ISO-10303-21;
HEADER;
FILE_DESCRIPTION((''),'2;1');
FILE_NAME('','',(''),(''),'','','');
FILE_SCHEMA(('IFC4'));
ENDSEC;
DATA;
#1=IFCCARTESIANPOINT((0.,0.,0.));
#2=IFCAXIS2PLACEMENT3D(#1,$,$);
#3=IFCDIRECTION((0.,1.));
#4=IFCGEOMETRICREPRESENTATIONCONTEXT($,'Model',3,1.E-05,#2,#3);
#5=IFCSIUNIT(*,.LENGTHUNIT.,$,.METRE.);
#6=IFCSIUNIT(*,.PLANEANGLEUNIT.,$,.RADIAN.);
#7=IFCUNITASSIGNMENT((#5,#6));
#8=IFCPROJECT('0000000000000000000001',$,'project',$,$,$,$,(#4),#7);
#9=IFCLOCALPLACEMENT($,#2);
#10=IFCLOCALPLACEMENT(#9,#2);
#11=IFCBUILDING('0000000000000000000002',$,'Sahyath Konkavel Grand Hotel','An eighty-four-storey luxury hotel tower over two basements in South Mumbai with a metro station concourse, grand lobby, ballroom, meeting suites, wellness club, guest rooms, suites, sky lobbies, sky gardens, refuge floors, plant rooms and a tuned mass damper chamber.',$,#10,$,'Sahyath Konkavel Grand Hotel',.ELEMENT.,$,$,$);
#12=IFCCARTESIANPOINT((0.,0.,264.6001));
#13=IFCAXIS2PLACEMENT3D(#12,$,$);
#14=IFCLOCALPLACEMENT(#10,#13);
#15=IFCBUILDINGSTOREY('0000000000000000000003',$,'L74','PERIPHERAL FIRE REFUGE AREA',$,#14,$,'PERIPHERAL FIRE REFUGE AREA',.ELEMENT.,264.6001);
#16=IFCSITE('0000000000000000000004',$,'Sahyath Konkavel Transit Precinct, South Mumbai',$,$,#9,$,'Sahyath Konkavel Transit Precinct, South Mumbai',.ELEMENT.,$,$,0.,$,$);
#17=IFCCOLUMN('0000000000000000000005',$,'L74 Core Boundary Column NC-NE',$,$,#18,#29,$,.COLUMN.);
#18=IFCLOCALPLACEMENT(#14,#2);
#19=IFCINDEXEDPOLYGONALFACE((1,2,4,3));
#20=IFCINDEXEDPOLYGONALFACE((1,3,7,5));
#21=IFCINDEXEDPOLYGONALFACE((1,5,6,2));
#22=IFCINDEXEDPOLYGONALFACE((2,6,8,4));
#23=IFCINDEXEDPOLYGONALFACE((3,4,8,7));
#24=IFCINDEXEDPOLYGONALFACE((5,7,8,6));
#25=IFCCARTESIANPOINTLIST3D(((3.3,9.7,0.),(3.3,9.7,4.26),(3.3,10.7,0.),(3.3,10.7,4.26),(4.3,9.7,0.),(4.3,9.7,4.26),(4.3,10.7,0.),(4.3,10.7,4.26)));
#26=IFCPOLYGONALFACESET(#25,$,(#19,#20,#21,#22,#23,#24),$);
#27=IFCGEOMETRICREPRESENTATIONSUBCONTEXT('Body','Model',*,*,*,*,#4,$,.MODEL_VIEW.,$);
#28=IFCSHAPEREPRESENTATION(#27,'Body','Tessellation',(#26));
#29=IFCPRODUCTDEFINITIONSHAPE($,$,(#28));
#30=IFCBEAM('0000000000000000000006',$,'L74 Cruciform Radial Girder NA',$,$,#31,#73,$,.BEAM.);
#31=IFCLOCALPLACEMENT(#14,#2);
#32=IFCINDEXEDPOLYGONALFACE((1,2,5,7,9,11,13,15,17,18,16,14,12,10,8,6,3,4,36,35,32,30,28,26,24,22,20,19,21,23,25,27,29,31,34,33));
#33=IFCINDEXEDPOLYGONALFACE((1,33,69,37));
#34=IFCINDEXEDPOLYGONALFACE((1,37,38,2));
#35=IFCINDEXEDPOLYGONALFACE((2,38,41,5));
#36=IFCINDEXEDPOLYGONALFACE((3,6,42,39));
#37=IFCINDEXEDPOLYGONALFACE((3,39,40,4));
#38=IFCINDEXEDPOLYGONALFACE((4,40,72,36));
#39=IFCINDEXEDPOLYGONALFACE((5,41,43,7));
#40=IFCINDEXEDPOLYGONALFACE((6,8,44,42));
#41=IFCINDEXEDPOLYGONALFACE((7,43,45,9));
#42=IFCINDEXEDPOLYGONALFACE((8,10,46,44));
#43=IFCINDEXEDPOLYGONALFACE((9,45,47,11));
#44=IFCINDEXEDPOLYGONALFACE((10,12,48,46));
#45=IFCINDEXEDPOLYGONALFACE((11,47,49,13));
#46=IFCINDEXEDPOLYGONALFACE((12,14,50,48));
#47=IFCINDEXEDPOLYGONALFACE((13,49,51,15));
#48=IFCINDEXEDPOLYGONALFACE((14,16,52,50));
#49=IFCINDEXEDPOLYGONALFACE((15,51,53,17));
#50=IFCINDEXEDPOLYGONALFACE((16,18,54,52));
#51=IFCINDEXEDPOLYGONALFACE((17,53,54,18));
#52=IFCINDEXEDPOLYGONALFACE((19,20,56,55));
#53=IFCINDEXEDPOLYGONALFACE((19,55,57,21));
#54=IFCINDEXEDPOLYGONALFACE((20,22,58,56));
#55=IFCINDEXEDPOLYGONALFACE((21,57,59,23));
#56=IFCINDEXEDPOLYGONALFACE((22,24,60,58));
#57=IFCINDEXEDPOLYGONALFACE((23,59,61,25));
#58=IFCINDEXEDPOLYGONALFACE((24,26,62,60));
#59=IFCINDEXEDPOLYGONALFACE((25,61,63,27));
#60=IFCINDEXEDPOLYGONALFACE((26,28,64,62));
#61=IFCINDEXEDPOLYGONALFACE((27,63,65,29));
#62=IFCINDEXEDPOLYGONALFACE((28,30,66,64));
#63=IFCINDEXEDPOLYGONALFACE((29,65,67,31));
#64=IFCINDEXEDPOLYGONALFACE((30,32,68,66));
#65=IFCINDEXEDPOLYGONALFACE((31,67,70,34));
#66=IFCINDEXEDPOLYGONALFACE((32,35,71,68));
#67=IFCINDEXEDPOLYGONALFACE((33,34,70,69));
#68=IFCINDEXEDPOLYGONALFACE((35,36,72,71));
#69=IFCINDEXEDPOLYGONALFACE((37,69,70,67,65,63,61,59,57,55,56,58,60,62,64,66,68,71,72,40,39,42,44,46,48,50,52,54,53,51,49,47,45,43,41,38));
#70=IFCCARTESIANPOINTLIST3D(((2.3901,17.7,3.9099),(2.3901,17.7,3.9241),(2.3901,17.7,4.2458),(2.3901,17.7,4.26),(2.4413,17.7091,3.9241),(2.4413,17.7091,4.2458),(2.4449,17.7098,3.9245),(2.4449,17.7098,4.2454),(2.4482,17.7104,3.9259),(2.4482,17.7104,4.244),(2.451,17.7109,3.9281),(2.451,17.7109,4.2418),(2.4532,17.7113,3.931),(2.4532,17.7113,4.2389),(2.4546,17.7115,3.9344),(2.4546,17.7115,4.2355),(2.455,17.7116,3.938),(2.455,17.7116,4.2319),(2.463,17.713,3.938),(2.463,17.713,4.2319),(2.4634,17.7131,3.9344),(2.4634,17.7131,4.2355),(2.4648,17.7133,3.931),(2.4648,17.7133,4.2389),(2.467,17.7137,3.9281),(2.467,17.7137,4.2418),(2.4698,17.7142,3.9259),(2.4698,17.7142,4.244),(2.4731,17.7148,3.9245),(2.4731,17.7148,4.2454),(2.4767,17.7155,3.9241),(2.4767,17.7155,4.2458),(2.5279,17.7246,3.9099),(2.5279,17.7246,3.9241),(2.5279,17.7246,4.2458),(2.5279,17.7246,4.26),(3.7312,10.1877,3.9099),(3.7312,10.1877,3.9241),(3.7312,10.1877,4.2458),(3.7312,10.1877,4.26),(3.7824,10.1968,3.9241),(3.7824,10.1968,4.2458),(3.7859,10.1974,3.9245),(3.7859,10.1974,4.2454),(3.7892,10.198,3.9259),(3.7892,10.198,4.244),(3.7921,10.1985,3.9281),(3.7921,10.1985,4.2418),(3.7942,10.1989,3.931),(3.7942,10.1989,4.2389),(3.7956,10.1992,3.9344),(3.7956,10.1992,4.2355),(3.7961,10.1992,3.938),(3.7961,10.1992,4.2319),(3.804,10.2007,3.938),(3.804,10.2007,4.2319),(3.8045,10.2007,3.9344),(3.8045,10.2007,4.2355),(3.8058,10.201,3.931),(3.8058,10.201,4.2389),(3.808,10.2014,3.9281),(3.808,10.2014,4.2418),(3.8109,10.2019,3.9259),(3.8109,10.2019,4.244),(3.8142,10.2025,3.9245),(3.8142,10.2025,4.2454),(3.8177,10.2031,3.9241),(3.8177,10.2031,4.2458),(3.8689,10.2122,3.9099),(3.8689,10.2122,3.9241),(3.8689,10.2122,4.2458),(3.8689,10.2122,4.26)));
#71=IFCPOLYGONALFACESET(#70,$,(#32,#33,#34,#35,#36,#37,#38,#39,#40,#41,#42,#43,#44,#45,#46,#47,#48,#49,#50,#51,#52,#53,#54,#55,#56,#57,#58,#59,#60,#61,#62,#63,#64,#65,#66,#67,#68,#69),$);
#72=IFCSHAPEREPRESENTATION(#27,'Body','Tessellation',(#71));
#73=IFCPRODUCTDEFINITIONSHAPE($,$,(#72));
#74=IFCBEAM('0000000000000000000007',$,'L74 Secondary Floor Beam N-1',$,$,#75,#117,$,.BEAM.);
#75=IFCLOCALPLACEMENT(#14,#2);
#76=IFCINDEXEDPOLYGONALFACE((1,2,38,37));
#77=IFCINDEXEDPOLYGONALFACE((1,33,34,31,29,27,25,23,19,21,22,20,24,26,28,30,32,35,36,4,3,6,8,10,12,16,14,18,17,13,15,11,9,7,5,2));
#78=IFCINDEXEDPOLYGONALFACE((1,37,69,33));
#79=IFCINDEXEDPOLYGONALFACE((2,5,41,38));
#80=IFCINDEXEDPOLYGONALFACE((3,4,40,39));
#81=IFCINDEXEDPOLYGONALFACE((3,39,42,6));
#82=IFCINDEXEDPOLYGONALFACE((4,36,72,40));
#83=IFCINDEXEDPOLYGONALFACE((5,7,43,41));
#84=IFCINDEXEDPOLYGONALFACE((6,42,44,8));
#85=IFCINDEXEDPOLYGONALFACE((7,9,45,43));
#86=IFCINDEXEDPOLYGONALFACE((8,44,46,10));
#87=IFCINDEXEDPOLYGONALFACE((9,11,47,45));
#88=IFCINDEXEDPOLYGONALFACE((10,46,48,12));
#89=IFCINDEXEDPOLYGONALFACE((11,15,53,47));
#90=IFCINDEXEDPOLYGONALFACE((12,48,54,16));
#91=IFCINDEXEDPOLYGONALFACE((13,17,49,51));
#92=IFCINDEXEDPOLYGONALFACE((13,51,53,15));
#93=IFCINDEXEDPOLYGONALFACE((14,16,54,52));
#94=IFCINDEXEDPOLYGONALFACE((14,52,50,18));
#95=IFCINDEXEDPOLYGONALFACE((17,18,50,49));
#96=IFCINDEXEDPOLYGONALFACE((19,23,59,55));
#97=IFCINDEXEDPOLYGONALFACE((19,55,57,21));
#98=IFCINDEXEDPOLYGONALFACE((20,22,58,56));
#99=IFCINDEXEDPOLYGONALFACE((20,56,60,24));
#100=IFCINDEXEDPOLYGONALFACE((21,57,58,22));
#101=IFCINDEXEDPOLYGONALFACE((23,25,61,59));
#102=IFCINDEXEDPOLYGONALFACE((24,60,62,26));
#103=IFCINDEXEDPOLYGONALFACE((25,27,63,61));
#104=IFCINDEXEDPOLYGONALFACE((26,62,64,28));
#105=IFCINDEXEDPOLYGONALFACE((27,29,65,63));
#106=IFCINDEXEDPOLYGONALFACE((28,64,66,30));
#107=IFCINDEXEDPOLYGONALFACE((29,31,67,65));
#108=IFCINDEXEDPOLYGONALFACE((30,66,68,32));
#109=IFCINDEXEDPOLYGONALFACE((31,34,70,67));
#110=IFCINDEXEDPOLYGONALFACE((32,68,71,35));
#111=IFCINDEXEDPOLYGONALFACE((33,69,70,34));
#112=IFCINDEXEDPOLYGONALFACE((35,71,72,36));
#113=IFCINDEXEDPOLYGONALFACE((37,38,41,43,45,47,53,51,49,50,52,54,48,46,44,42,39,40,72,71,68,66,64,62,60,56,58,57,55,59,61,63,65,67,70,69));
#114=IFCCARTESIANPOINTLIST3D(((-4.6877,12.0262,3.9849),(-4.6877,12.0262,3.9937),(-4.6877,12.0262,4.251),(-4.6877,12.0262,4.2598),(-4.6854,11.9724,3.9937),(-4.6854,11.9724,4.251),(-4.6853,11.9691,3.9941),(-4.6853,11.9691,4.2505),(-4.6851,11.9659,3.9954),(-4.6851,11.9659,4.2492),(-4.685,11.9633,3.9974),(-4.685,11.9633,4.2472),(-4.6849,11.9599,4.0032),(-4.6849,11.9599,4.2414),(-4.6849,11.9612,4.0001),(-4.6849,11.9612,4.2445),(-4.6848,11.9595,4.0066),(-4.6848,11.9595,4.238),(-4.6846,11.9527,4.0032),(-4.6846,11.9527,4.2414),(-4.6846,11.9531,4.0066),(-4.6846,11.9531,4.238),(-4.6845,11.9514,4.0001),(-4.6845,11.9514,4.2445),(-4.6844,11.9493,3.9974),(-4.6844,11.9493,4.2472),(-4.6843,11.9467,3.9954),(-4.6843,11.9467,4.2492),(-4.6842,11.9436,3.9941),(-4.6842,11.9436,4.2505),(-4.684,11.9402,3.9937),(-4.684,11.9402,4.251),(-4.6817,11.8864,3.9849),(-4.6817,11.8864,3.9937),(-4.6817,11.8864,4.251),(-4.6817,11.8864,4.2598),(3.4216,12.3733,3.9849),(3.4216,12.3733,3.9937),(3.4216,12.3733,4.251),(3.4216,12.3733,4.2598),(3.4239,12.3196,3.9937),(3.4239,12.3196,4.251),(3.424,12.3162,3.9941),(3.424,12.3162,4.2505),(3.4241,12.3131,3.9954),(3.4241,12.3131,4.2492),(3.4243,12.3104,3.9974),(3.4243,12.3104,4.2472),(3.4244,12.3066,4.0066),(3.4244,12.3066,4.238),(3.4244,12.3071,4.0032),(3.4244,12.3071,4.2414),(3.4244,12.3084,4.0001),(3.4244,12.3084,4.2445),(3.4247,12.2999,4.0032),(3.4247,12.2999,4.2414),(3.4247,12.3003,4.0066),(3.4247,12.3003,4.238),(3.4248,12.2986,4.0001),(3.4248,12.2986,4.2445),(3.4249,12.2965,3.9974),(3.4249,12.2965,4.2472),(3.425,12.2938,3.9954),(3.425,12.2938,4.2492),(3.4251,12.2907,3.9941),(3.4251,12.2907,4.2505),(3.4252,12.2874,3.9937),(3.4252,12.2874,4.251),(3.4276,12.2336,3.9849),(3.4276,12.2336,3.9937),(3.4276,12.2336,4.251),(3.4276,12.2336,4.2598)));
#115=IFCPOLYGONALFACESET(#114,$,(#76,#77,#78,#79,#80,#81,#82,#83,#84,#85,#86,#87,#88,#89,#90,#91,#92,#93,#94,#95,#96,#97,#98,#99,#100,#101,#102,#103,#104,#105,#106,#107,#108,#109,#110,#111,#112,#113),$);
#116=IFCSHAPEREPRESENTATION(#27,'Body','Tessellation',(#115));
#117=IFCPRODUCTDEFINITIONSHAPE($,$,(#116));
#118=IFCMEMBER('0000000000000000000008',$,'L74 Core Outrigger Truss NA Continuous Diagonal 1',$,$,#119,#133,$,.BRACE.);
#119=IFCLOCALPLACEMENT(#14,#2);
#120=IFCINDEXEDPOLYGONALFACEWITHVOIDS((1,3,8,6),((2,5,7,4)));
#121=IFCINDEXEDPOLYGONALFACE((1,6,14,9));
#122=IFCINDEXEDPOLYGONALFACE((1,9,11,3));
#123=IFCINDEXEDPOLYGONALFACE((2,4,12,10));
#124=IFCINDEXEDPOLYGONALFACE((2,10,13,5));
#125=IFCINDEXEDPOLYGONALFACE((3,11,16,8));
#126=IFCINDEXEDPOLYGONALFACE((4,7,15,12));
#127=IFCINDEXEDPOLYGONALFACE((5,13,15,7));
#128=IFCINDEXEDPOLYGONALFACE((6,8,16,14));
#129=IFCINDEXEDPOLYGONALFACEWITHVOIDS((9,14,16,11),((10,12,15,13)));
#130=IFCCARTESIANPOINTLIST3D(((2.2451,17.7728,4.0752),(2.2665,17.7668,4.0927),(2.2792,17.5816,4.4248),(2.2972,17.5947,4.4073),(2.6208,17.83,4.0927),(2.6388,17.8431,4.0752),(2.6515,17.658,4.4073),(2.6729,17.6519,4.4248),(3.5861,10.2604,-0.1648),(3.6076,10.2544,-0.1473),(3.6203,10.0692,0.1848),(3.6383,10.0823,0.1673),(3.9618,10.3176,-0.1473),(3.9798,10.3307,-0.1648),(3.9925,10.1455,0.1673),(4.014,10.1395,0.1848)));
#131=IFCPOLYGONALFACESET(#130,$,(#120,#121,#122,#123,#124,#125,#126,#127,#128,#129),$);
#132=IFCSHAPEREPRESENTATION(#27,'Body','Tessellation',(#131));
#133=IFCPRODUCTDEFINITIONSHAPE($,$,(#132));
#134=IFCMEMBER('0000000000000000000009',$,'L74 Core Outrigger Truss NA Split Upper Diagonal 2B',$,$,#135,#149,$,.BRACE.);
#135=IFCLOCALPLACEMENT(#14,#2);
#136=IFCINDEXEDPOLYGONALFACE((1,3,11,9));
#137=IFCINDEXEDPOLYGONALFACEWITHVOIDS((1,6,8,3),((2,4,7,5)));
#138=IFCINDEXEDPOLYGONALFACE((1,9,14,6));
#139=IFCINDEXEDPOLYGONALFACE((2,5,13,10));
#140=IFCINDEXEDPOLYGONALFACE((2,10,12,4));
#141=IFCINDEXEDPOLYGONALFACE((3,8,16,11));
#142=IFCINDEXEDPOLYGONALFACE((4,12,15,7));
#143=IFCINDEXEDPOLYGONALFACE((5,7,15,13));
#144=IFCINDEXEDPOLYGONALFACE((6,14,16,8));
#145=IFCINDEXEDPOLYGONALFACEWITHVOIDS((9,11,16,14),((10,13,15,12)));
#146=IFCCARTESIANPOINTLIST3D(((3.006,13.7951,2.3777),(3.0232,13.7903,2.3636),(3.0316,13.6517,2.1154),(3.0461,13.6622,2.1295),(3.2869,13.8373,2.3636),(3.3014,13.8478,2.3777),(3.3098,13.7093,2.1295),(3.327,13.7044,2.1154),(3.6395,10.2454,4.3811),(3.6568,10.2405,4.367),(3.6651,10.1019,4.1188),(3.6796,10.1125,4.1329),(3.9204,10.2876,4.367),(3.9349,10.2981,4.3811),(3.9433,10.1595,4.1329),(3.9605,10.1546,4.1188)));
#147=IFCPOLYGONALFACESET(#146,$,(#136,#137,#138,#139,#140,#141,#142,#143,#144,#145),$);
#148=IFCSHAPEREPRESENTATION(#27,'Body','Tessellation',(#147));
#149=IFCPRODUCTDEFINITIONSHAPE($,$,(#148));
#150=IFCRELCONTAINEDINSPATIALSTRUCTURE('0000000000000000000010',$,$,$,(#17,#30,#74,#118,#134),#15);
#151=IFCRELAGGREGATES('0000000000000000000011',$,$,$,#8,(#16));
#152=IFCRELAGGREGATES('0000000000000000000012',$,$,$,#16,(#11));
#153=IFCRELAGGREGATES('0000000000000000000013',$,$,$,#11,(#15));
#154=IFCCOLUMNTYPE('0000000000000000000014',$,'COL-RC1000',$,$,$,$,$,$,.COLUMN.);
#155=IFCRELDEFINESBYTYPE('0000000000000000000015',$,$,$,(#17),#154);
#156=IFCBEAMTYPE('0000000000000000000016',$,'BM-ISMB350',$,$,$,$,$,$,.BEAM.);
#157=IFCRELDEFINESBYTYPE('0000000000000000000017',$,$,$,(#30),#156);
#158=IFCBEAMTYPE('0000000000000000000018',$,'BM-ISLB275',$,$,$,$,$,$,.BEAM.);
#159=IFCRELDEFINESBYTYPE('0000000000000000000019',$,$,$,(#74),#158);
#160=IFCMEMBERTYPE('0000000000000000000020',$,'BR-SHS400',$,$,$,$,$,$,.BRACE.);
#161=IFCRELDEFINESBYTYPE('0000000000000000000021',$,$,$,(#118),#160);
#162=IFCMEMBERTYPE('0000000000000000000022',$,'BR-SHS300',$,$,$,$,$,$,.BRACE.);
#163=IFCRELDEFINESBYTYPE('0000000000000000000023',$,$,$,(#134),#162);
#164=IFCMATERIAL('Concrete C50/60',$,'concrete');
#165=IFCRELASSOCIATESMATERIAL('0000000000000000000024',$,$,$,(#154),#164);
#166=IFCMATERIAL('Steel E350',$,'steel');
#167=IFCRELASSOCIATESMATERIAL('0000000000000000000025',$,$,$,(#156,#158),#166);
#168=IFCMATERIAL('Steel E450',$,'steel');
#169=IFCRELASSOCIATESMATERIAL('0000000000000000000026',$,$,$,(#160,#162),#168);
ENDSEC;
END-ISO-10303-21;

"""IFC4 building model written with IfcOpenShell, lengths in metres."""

from ifc_helpers import new_model, si_unit, direction, frame, origin, origin_2d, place, context, subcontext, project, spatial, rectangle, hollow_rectangle, i_section, extrude, source, transform, mapped, material, material_profile, profile_set, type_object, element, save


model = new_model("IFC4")

# Units and contexts
model_context = context("Model", 3, precision=1e-05, world=origin(), true_north=direction((0.0, 1.0)))
body_context = subcontext(model_context, "Body", "Model", "MODEL_VIEW")
ifc_project = project(units=[si_unit("LENGTHUNIT", "METRE"), si_unit("PLANEANGLEUNIT", "RADIAN")], contexts=[model_context])

# Site, building, storey
site_placement = place(None, origin())
site = spatial("IfcSite", under=ifc_project, at=site_placement, Name="Sahyath Konkavel Transit Precinct, South Mumbai", LongName="Sahyath Konkavel Transit Precinct, South Mumbai", CompositionType="ELEMENT", RefElevation=0.0)
building_placement = place(site_placement, origin())
building = spatial("IfcBuilding", under=site, at=building_placement, Name="Sahyath Konkavel Grand Hotel", Description="An eighty-four-storey luxury hotel tower over two basements in South Mumbai with a metro station concourse, grand lobby, ballroom, meeting suites, wellness club, guest rooms, suites, sky lobbies, sky gardens, refuge floors, plant rooms and a tuned mass damper chamber.", LongName="Sahyath Konkavel Grand Hotel", CompositionType="ELEMENT")
storey_placement = place(building_placement, frame((0.0, 0.0, 264.6001)))
storey = spatial("IfcBuildingStorey", under=building, at=storey_placement, Name="L74", Description="PERIPHERAL FIRE REFUGE AREA", LongName="PERIPHERAL FIRE REFUGE AREA", CompositionType="ELEMENT", Elevation=264.6001)

# Column
ifc_material_1 = material(Name="Concrete C50/60", Category="concrete")
ifc_material_profile_1 = material_profile(ifc_material_1, rectangle(XDim=1.0, YDim=1.0, at=origin_2d()), Name="RC 1000x1000")
ifc_profile_set_1 = profile_set([ifc_material_profile_1], Name="Concrete C50/60")
column_type = type_object("IfcColumnType", Name="COL-RC1000", PredefinedType="COLUMN", material=ifc_profile_set_1)
shared_shape_1 = source(origin(), body_context, "Body", "SweptSolid", [
    extrude(rectangle(XDim=1.0, YDim=1.0, at=origin_2d()), origin(), (0.0, 0.0, 1.0), 4.26),
])
column_placement = place(storey_placement, frame((3.8, 10.2, 0.0), z_axis=(0.0, 0.0, 1.0), x_axis=(1.0, 0.0, 0.0)))
element("IfcColumn", 1, at=column_placement, inside=storey, type_object=column_type, Name="L74 Core Boundary Column NC-NE", PredefinedType="COLUMN", context=body_context, shape_type="MappedRepresentation", body=[
    mapped(shared_shape_1, transform((0.0, 0.0, 0.0), scale=1.0)),
])

# Beams
ifc_material_2 = material(Name="Steel E350", Category="steel")
ifc_material_profile_2 = material_profile(ifc_material_2, i_section(OverallWidth=0.1399, OverallDepth=0.3501, WebThickness=0.0081, FlangeThickness=0.0142, FilletRadius=0.0139, at=origin_2d()), Name="ISMB 350")
ifc_profile_set_2 = profile_set([ifc_material_profile_2], Name="Steel E350")
beam_type_1 = type_object("IfcBeamType", Name="BM-ISMB350", PredefinedType="BEAM", material=ifc_profile_set_2)
shared_shape_2 = source(origin(), body_context, "Body", "SweptSolid", [
    extrude(i_section(OverallWidth=0.1399, OverallDepth=0.3501, WebThickness=0.0081, FlangeThickness=0.0142, FilletRadius=0.0139, at=origin_2d()), origin(), (0.0, 0.0, 1.0), 7.6311),
])
beam_1_placement = place(storey_placement, frame((3.8, 10.2, 4.085), z_axis=(-0.175734, 0.984438, 0.0), x_axis=(-0.984438, -0.175734, 0.0)))
element("IfcBeam", 2, at=beam_1_placement, inside=storey, type_object=beam_type_1, Name="L74 Cruciform Radial Girder NA", PredefinedType="BEAM", context=body_context, shape_type="MappedRepresentation", body=[
    mapped(shared_shape_2, transform((0.0, 0.0, 0.0), scale=1.0)),
])
ifc_material_profile_3 = material_profile(ifc_material_2, i_section(OverallWidth=0.1399, OverallDepth=0.2749, WebThickness=0.0063, FlangeThickness=0.0088, FilletRadius=0.0129, at=origin_2d()), Name="ISLB 275")
ifc_profile_set_3 = profile_set([ifc_material_profile_3], Name="Steel E350")
beam_type_2 = type_object("IfcBeamType", Name="BM-ISLB275", PredefinedType="BEAM", material=ifc_profile_set_3)
shared_shape_3 = source(origin(), body_context, "Body", "SweptSolid", [
    extrude(i_section(OverallWidth=0.1399, OverallDepth=0.2749, WebThickness=0.0063, FlangeThickness=0.0088, FilletRadius=0.0129, at=origin_2d()), origin(), (0.0, 0.0, 1.0), 8.1167),
])
beam_2_placement = place(storey_placement, frame((3.4246, 12.3035, 4.1223), z_axis=(-0.999085, -0.042772, 0.0), x_axis=(0.042772, -0.999085, 0.0)))
element("IfcBeam", 3, at=beam_2_placement, inside=storey, type_object=beam_type_2, Name="L74 Secondary Floor Beam N-1", PredefinedType="BEAM", context=body_context, shape_type="MappedRepresentation", body=[
    mapped(shared_shape_3, transform((0.0, 0.0, 0.0), scale=1.0)),
])

# Members
ifc_material_3 = material(Name="Steel E450", Category="steel")
ifc_material_profile_4 = material_profile(ifc_material_3, hollow_rectangle(XDim=0.3999, YDim=0.3999, WallThickness=0.02, at=origin_2d()), Name="SHS 400x400x20")
ifc_profile_set_4 = profile_set([ifc_material_profile_4], Name="Steel E450")
member_type_1 = type_object("IfcMemberType", Name="BR-SHS400", PredefinedType="BRACE", material=ifc_profile_set_4)
shared_shape_4 = source(origin(), body_context, "Body", "SweptSolid", [
    extrude(hollow_rectangle(XDim=0.3999, YDim=0.3999, WallThickness=0.02, at=origin_2d()), origin(), (0.0, 0.0, 1.0), 8.73),
])
member_1_placement = place(storey_placement, frame((3.8, 10.2, 0.01), z_axis=(-0.153616, 0.860533, 0.48568), x_axis=(-0.984438, -0.175734, 0.0)))
element("IfcMember", 4, at=member_1_placement, inside=storey, type_object=member_type_1, Name="L74 Core Outrigger Truss NA Continuous Diagonal 1", PredefinedType="BRACE", context=body_context, shape_type="MappedRepresentation", body=[
    mapped(shared_shape_4, transform((0.0, 0.0, 0.0), scale=1.0)),
])
ifc_material_profile_5 = material_profile(ifc_material_3, hollow_rectangle(XDim=0.3, YDim=0.3, WallThickness=0.0161, at=origin_2d()), Name="SHS 300x300x16")
ifc_profile_set_5 = profile_set([ifc_material_profile_5], Name="Steel E450")
member_type_2 = type_object("IfcMemberType", Name="BR-SHS300", PredefinedType="BRACE", material=ifc_profile_set_5)
shared_shape_5 = source(origin(), body_context, "Body", "SweptSolid", [
    extrude(hollow_rectangle(XDim=0.3, YDim=0.3, WallThickness=0.0161, at=origin_2d()), origin(), (0.0, 0.0, 1.0), 4.125),
])
member_2_placement = place(storey_placement, frame((3.1665, 13.7498, 2.2466), z_axis=(0.153584, -0.860545, 0.485669), x_axis=(0.984444, 0.175697, 0.0)))
element("IfcMember", 5, at=member_2_placement, inside=storey, type_object=member_type_2, Name="L74 Core Outrigger Truss NA Split Upper Diagonal 2B", PredefinedType="BRACE", context=body_context, shape_type="MappedRepresentation", body=[
    mapped(shared_shape_5, transform((0.0, 0.0, 0.0), scale=1.0)),
])

save(model, "model.ifc")
